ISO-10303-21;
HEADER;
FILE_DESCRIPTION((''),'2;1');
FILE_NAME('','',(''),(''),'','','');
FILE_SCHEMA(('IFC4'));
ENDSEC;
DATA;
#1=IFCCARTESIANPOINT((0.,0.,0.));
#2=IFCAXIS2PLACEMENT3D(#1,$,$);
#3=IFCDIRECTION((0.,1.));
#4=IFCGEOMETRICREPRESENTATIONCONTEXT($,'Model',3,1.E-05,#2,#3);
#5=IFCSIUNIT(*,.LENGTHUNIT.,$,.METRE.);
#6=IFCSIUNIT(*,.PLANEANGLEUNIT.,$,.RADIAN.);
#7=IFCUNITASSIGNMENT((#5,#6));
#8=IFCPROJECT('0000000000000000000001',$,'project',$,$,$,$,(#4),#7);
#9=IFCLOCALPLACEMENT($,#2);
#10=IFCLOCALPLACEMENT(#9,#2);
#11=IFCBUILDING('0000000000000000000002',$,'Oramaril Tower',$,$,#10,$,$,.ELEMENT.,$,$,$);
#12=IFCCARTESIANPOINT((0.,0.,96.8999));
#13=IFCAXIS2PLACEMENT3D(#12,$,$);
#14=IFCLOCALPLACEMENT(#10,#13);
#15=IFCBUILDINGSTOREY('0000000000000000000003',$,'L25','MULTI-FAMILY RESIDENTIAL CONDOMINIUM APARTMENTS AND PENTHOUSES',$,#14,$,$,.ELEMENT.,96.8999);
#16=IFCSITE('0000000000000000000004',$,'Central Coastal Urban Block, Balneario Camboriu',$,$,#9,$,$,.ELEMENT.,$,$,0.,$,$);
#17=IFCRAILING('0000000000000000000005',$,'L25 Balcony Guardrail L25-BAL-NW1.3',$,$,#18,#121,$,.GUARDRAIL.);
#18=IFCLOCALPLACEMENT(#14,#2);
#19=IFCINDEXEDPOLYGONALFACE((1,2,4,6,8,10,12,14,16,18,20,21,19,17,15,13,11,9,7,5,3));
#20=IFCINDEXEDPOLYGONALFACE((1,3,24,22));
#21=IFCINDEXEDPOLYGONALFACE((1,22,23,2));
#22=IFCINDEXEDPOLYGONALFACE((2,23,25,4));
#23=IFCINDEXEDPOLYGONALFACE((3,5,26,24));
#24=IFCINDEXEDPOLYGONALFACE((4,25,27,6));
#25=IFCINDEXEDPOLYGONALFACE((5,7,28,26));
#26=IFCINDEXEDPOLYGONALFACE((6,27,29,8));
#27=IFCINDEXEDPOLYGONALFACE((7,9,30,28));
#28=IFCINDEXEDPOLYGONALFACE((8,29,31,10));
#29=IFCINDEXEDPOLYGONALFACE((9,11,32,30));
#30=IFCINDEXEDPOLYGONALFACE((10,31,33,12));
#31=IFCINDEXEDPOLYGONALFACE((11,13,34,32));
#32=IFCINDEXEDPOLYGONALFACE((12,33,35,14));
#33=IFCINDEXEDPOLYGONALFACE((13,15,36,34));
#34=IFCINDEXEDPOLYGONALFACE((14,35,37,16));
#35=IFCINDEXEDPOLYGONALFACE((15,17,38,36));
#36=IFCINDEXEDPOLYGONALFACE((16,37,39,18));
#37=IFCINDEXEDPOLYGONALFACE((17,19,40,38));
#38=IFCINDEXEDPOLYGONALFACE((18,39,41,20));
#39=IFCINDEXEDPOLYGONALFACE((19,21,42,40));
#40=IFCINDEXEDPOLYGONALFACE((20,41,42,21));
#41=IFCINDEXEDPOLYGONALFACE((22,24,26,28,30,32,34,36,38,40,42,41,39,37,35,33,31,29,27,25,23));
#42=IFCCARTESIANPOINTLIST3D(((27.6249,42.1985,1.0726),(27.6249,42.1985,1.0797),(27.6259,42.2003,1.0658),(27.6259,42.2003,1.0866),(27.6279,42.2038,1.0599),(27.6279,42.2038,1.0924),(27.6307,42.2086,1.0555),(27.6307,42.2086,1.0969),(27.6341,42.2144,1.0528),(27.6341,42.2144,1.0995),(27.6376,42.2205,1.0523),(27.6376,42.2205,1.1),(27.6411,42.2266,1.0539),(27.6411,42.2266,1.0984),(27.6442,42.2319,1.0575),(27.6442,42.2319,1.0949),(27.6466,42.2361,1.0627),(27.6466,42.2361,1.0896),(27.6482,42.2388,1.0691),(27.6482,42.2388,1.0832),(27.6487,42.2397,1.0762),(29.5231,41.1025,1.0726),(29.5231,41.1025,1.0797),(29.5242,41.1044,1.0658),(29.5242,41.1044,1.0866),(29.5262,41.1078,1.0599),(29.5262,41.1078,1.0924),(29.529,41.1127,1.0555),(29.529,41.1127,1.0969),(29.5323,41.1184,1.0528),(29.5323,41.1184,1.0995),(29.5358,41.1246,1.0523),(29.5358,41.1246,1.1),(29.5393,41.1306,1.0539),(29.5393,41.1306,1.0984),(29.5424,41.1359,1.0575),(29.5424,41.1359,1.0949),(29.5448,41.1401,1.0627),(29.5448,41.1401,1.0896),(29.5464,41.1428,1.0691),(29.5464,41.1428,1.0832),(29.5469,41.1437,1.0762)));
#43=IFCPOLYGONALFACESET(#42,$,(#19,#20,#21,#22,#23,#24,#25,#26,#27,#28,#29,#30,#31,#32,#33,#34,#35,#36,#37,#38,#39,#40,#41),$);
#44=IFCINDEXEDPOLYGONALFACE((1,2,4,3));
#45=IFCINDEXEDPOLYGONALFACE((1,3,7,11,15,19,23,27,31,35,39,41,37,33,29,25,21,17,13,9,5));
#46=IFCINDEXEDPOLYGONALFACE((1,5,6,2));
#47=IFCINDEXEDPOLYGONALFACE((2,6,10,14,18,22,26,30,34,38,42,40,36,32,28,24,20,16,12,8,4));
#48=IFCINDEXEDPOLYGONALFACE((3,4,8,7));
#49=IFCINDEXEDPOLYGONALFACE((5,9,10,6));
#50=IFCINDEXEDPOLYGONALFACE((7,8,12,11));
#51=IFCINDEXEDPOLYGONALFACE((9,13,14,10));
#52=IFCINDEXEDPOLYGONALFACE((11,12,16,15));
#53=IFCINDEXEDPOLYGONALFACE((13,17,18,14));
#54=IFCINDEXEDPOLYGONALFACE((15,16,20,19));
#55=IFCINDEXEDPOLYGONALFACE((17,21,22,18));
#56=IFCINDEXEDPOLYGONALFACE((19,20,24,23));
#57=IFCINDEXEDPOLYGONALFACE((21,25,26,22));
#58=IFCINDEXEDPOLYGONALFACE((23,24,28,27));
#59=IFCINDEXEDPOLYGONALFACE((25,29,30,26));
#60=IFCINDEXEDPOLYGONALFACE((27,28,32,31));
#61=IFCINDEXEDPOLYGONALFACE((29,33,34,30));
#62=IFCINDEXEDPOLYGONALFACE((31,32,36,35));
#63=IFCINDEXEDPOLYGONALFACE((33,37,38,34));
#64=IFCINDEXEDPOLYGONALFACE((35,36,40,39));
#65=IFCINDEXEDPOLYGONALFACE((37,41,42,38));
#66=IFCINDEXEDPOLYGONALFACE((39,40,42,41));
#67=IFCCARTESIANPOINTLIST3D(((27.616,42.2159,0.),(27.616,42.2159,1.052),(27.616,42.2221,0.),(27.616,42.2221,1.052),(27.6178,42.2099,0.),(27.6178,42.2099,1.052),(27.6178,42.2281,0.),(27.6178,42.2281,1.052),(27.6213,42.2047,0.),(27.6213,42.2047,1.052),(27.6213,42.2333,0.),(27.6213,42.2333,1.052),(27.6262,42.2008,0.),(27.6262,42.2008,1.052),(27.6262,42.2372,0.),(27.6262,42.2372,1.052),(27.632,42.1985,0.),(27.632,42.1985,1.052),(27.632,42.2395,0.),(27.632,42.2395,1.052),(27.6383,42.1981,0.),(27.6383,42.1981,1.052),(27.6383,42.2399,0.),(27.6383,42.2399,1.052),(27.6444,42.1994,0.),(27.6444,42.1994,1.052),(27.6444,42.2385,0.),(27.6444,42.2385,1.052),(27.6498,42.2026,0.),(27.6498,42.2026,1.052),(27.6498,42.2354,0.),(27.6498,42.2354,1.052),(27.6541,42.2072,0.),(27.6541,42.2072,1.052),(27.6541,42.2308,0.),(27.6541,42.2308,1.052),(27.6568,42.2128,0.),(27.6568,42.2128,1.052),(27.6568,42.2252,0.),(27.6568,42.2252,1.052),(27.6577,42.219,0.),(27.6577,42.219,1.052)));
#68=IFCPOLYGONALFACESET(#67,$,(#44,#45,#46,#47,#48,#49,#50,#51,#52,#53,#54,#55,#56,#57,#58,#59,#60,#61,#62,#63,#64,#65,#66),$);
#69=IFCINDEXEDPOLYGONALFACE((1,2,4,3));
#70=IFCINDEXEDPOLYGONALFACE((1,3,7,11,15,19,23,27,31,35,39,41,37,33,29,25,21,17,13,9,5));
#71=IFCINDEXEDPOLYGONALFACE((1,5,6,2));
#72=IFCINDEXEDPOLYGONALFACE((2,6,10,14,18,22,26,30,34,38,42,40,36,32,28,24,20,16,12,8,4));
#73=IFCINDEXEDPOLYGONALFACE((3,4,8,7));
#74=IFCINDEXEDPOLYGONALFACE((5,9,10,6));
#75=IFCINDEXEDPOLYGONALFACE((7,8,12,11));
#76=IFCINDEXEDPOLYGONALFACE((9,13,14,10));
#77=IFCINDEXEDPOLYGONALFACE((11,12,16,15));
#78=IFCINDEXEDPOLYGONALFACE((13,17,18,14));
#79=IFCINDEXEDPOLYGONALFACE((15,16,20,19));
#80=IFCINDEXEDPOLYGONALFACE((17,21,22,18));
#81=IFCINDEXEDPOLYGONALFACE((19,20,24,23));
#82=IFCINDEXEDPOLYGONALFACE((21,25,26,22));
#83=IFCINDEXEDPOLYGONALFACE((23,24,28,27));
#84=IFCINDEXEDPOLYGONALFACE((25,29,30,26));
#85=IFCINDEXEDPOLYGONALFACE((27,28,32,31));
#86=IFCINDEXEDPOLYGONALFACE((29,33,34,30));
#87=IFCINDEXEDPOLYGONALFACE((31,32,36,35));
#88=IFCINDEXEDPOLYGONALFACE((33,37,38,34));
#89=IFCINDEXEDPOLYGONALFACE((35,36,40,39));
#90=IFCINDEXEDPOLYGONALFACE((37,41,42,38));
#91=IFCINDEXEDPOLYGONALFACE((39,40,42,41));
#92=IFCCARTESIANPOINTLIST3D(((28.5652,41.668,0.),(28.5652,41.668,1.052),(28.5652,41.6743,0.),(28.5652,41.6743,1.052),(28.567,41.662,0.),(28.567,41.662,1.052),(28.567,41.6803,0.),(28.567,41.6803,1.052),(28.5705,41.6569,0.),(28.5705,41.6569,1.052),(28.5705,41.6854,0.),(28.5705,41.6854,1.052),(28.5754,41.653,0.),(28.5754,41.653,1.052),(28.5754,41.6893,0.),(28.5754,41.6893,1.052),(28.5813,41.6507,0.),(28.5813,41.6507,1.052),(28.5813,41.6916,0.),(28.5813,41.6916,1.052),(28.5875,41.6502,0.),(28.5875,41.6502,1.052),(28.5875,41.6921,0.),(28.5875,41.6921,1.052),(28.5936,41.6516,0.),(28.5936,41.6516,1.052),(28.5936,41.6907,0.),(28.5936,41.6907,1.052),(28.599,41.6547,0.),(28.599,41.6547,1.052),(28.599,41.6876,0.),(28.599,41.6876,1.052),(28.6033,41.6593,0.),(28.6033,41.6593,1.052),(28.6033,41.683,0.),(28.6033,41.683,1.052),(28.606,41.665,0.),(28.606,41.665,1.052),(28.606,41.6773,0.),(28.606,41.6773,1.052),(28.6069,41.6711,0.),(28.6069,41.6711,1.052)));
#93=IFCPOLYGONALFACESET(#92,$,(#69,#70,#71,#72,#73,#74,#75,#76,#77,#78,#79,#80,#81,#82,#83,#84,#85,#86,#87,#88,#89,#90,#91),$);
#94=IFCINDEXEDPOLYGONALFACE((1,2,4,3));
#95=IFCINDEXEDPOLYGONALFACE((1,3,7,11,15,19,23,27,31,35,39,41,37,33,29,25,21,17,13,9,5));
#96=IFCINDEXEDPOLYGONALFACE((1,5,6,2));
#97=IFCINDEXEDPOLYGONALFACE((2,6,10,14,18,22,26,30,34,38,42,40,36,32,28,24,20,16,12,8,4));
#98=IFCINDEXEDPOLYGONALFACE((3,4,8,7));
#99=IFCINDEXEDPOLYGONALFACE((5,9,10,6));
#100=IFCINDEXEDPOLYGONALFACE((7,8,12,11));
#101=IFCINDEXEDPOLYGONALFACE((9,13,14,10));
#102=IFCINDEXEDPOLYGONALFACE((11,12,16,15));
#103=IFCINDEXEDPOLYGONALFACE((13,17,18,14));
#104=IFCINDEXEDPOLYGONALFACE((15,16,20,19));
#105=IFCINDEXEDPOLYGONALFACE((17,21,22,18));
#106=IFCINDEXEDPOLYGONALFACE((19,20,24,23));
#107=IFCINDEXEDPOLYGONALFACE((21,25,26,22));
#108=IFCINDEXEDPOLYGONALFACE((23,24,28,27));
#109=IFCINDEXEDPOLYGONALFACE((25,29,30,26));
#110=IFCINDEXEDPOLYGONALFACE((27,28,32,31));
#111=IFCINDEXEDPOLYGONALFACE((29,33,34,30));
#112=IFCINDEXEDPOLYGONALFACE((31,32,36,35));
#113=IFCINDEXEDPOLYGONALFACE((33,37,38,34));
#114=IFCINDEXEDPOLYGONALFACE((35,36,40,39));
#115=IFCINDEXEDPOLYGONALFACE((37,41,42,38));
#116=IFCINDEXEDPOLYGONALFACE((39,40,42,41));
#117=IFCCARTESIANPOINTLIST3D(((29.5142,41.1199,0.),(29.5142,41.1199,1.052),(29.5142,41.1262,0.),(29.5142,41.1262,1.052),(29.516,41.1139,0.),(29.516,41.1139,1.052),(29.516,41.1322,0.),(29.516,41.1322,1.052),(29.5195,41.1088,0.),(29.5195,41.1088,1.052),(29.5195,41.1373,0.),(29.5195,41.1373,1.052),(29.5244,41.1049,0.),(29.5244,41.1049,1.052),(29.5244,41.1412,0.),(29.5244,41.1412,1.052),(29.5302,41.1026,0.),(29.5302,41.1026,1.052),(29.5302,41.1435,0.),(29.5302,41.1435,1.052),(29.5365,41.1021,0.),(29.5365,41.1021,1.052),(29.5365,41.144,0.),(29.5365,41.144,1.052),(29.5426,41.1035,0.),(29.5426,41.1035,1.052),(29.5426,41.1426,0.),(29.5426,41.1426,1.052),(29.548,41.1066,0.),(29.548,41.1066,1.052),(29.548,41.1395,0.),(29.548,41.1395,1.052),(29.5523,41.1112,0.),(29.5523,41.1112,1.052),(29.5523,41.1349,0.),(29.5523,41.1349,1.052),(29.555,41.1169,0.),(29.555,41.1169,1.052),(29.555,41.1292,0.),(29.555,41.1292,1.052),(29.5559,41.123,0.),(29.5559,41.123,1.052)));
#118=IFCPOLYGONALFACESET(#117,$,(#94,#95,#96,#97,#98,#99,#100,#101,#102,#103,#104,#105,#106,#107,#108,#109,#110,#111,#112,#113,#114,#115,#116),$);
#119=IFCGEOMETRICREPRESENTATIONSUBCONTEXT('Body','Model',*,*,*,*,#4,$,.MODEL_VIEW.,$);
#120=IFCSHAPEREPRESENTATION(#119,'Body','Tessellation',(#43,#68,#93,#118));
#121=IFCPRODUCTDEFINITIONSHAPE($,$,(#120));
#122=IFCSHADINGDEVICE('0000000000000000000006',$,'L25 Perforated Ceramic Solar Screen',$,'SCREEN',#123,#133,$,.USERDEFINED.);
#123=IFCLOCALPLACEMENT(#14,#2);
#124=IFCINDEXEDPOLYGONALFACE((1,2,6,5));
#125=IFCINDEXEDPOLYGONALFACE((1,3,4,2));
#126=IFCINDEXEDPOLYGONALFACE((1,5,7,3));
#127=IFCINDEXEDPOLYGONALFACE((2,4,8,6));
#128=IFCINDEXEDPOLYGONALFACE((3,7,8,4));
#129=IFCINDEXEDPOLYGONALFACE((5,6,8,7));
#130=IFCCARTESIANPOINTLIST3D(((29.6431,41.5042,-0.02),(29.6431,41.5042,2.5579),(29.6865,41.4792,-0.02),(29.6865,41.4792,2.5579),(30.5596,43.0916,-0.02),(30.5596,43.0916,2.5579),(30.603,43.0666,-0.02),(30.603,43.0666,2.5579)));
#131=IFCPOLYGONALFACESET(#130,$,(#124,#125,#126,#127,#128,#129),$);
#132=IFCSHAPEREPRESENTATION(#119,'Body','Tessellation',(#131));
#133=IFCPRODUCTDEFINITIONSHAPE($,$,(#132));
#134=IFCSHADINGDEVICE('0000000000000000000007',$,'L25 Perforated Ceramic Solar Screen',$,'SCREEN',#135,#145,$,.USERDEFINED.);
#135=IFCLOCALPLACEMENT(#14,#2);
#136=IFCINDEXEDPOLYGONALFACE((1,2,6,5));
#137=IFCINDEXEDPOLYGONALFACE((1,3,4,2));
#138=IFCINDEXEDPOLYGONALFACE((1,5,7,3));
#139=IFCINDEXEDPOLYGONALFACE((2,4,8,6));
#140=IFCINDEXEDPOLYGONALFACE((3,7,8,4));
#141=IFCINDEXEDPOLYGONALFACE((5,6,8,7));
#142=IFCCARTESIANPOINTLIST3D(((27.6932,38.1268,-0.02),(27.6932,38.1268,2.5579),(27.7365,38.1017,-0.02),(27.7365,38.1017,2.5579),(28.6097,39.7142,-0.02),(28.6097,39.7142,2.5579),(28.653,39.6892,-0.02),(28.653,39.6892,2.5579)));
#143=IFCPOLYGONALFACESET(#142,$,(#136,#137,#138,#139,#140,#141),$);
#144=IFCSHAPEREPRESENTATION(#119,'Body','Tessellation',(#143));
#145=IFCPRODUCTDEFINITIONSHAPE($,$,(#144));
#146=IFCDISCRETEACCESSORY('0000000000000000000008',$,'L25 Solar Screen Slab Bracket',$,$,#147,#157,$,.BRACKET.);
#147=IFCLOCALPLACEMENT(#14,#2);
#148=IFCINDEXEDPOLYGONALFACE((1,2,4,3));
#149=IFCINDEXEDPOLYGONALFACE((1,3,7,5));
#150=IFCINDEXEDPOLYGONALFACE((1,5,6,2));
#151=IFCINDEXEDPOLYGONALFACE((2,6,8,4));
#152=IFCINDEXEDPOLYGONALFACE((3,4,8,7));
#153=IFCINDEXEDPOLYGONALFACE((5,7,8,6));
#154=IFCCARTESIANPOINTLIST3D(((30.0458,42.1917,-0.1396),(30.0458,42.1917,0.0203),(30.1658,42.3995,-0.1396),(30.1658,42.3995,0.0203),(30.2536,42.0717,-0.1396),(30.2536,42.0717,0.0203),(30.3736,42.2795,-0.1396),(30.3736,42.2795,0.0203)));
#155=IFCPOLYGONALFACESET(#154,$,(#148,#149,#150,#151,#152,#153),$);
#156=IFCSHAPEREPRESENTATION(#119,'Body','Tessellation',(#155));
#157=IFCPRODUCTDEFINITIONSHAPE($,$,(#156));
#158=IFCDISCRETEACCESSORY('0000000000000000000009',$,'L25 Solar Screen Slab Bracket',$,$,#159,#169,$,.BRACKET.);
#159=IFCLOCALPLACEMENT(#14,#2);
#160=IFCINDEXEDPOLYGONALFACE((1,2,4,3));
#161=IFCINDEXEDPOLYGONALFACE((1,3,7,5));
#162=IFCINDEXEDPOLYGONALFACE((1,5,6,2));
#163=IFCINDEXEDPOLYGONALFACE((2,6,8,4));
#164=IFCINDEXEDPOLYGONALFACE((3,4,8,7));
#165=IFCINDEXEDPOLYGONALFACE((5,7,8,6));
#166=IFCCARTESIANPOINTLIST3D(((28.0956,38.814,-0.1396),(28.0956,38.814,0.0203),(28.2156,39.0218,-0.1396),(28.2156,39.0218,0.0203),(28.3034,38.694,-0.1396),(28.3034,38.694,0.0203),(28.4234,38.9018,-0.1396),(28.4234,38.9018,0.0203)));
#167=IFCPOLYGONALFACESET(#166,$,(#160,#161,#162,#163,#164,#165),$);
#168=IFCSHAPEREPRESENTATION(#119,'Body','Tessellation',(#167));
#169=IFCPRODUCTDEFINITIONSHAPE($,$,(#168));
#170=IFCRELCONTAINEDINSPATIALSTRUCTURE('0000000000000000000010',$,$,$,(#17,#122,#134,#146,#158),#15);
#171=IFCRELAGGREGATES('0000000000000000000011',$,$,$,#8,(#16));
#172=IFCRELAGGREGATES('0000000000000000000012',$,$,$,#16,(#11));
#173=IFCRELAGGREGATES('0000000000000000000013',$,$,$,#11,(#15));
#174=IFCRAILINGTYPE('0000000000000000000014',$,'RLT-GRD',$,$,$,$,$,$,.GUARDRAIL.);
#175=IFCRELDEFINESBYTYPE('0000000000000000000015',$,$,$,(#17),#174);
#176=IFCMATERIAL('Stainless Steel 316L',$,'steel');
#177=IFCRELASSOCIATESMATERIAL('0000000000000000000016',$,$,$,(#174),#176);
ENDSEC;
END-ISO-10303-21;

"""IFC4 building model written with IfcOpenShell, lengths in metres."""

from ifc_helpers import new_model, si_unit, direction, frame, origin, origin_2d, place, context, subcontext, project, spatial, rectangle, circle, extrude, material, type_object, element, save


model = new_model("IFC4")

# Units and contexts
model_context = context("Model", 3, precision=1e-05, world=origin(), true_north=direction((0.0, 1.0)))
body_context = subcontext(model_context, "Body", "Model", "MODEL_VIEW")
ifc_project = project(units=[si_unit("LENGTHUNIT", "METRE"), si_unit("PLANEANGLEUNIT", "RADIAN")], contexts=[model_context])

# Site, building, storey
site_placement = place(None, origin())
site = spatial("IfcSite", under=ifc_project, at=site_placement, Name="Central Coastal Urban Block, Balneario Camboriu", CompositionType="ELEMENT", RefElevation=0.0)
building_placement = place(site_placement, origin())
building = spatial("IfcBuilding", under=site, at=building_placement, Name="Oramaril Tower", CompositionType="ELEMENT")
storey_placement = place(building_placement, frame((0.0, 0.0, 96.8999)))
storey = spatial("IfcBuildingStorey", under=building, at=storey_placement, Name="L25", Description="MULTI-FAMILY RESIDENTIAL CONDOMINIUM APARTMENTS AND PENTHOUSES", CompositionType="ELEMENT", Elevation=96.8999)

# Railing
ifc_material_1 = material(Name="Stainless Steel 316L", Category="steel")
railing_type = type_object("IfcRailingType", Name="RLT-GRD", PredefinedType="GUARDRAIL", material=ifc_material_1)
railing_1_placement = place(storey_placement, frame((27.6367, 42.219, 0.0)))
element("IfcRailing", 1, at=railing_1_placement, inside=storey, type_object=railing_type, Name="L25 Balcony Guardrail L25-BAL-NW1.3", PredefinedType="GUARDRAIL", context=body_context, shape_type="SweptSolid", body=[
    extrude(circle(Radius=0.0239, at=origin_2d()), frame((0.0, 0.0, 1.0762), z_axis=(0.866021, -0.500008, 0.0), x_axis=(0.500008, 0.866021, 0.0)), (0.0, 0.0, 1.0), 2.1919),
    extrude(circle(Radius=0.021, at=origin_2d()), origin(), (0.0, 0.0, 1.0), 1.052),
    extrude(circle(Radius=0.021, at=origin_2d()), frame((0.9492, -0.5479, 0.0)), (0.0, 0.0, 1.0), 1.052),
    extrude(circle(Radius=0.021, at=origin_2d()), frame((1.8982, -1.0959, 0.0)), (0.0, 0.0, 1.0), 1.052),
])

# Shading devices
for number, where, z_axis, x_axis, name in (
    (2, (30.123, 42.2854, -0.02), (0.0, 0.0, 1.0), (-0.5, -0.866025, 0.0), "L25 Perforated Ceramic Solar Screen"),
    (3, (28.1731, 38.908, -0.02), (0.0, 0.0, 1.0), (-0.5, -0.866025, 0.0), "L25 Perforated Ceramic Solar Screen"),
):
    element("IfcShadingDevice", number, at=place(storey_placement, frame(where, z_axis=z_axis, x_axis=x_axis)), inside=storey, Name=name, ObjectType="SCREEN", PredefinedType="USERDEFINED", context=body_context, shape_type="SweptSolid", body=[
        extrude(rectangle(XDim=1.833, YDim=0.05, at=origin_2d()), origin(), (0.0, 0.0, 1.0), 2.5779),
    ])

# Discrete accessories
for number, where, z_axis, x_axis, name in (
    (4, (30.2097, 42.2356, -0.1396), (0.0, 0.0, 1.0), (-0.5, -0.866025, 0.0), "L25 Solar Screen Slab Bracket"),
    (5, (28.2595, 38.8579, -0.1396), (0.0, 0.0, 1.0), (-0.5, -0.866025, 0.0), "L25 Solar Screen Slab Bracket"),
):
    element("IfcDiscreteAccessory", number, at=place(storey_placement, frame(where, z_axis=z_axis, x_axis=x_axis)), inside=storey, Name=name, PredefinedType="BRACKET", context=body_context, shape_type="SweptSolid", body=[
        extrude(rectangle(XDim=0.24, YDim=0.24, at=origin_2d()), origin(), (0.0, 0.0, 1.0), 0.1599),
    ])

save(model, "model.ifc")
